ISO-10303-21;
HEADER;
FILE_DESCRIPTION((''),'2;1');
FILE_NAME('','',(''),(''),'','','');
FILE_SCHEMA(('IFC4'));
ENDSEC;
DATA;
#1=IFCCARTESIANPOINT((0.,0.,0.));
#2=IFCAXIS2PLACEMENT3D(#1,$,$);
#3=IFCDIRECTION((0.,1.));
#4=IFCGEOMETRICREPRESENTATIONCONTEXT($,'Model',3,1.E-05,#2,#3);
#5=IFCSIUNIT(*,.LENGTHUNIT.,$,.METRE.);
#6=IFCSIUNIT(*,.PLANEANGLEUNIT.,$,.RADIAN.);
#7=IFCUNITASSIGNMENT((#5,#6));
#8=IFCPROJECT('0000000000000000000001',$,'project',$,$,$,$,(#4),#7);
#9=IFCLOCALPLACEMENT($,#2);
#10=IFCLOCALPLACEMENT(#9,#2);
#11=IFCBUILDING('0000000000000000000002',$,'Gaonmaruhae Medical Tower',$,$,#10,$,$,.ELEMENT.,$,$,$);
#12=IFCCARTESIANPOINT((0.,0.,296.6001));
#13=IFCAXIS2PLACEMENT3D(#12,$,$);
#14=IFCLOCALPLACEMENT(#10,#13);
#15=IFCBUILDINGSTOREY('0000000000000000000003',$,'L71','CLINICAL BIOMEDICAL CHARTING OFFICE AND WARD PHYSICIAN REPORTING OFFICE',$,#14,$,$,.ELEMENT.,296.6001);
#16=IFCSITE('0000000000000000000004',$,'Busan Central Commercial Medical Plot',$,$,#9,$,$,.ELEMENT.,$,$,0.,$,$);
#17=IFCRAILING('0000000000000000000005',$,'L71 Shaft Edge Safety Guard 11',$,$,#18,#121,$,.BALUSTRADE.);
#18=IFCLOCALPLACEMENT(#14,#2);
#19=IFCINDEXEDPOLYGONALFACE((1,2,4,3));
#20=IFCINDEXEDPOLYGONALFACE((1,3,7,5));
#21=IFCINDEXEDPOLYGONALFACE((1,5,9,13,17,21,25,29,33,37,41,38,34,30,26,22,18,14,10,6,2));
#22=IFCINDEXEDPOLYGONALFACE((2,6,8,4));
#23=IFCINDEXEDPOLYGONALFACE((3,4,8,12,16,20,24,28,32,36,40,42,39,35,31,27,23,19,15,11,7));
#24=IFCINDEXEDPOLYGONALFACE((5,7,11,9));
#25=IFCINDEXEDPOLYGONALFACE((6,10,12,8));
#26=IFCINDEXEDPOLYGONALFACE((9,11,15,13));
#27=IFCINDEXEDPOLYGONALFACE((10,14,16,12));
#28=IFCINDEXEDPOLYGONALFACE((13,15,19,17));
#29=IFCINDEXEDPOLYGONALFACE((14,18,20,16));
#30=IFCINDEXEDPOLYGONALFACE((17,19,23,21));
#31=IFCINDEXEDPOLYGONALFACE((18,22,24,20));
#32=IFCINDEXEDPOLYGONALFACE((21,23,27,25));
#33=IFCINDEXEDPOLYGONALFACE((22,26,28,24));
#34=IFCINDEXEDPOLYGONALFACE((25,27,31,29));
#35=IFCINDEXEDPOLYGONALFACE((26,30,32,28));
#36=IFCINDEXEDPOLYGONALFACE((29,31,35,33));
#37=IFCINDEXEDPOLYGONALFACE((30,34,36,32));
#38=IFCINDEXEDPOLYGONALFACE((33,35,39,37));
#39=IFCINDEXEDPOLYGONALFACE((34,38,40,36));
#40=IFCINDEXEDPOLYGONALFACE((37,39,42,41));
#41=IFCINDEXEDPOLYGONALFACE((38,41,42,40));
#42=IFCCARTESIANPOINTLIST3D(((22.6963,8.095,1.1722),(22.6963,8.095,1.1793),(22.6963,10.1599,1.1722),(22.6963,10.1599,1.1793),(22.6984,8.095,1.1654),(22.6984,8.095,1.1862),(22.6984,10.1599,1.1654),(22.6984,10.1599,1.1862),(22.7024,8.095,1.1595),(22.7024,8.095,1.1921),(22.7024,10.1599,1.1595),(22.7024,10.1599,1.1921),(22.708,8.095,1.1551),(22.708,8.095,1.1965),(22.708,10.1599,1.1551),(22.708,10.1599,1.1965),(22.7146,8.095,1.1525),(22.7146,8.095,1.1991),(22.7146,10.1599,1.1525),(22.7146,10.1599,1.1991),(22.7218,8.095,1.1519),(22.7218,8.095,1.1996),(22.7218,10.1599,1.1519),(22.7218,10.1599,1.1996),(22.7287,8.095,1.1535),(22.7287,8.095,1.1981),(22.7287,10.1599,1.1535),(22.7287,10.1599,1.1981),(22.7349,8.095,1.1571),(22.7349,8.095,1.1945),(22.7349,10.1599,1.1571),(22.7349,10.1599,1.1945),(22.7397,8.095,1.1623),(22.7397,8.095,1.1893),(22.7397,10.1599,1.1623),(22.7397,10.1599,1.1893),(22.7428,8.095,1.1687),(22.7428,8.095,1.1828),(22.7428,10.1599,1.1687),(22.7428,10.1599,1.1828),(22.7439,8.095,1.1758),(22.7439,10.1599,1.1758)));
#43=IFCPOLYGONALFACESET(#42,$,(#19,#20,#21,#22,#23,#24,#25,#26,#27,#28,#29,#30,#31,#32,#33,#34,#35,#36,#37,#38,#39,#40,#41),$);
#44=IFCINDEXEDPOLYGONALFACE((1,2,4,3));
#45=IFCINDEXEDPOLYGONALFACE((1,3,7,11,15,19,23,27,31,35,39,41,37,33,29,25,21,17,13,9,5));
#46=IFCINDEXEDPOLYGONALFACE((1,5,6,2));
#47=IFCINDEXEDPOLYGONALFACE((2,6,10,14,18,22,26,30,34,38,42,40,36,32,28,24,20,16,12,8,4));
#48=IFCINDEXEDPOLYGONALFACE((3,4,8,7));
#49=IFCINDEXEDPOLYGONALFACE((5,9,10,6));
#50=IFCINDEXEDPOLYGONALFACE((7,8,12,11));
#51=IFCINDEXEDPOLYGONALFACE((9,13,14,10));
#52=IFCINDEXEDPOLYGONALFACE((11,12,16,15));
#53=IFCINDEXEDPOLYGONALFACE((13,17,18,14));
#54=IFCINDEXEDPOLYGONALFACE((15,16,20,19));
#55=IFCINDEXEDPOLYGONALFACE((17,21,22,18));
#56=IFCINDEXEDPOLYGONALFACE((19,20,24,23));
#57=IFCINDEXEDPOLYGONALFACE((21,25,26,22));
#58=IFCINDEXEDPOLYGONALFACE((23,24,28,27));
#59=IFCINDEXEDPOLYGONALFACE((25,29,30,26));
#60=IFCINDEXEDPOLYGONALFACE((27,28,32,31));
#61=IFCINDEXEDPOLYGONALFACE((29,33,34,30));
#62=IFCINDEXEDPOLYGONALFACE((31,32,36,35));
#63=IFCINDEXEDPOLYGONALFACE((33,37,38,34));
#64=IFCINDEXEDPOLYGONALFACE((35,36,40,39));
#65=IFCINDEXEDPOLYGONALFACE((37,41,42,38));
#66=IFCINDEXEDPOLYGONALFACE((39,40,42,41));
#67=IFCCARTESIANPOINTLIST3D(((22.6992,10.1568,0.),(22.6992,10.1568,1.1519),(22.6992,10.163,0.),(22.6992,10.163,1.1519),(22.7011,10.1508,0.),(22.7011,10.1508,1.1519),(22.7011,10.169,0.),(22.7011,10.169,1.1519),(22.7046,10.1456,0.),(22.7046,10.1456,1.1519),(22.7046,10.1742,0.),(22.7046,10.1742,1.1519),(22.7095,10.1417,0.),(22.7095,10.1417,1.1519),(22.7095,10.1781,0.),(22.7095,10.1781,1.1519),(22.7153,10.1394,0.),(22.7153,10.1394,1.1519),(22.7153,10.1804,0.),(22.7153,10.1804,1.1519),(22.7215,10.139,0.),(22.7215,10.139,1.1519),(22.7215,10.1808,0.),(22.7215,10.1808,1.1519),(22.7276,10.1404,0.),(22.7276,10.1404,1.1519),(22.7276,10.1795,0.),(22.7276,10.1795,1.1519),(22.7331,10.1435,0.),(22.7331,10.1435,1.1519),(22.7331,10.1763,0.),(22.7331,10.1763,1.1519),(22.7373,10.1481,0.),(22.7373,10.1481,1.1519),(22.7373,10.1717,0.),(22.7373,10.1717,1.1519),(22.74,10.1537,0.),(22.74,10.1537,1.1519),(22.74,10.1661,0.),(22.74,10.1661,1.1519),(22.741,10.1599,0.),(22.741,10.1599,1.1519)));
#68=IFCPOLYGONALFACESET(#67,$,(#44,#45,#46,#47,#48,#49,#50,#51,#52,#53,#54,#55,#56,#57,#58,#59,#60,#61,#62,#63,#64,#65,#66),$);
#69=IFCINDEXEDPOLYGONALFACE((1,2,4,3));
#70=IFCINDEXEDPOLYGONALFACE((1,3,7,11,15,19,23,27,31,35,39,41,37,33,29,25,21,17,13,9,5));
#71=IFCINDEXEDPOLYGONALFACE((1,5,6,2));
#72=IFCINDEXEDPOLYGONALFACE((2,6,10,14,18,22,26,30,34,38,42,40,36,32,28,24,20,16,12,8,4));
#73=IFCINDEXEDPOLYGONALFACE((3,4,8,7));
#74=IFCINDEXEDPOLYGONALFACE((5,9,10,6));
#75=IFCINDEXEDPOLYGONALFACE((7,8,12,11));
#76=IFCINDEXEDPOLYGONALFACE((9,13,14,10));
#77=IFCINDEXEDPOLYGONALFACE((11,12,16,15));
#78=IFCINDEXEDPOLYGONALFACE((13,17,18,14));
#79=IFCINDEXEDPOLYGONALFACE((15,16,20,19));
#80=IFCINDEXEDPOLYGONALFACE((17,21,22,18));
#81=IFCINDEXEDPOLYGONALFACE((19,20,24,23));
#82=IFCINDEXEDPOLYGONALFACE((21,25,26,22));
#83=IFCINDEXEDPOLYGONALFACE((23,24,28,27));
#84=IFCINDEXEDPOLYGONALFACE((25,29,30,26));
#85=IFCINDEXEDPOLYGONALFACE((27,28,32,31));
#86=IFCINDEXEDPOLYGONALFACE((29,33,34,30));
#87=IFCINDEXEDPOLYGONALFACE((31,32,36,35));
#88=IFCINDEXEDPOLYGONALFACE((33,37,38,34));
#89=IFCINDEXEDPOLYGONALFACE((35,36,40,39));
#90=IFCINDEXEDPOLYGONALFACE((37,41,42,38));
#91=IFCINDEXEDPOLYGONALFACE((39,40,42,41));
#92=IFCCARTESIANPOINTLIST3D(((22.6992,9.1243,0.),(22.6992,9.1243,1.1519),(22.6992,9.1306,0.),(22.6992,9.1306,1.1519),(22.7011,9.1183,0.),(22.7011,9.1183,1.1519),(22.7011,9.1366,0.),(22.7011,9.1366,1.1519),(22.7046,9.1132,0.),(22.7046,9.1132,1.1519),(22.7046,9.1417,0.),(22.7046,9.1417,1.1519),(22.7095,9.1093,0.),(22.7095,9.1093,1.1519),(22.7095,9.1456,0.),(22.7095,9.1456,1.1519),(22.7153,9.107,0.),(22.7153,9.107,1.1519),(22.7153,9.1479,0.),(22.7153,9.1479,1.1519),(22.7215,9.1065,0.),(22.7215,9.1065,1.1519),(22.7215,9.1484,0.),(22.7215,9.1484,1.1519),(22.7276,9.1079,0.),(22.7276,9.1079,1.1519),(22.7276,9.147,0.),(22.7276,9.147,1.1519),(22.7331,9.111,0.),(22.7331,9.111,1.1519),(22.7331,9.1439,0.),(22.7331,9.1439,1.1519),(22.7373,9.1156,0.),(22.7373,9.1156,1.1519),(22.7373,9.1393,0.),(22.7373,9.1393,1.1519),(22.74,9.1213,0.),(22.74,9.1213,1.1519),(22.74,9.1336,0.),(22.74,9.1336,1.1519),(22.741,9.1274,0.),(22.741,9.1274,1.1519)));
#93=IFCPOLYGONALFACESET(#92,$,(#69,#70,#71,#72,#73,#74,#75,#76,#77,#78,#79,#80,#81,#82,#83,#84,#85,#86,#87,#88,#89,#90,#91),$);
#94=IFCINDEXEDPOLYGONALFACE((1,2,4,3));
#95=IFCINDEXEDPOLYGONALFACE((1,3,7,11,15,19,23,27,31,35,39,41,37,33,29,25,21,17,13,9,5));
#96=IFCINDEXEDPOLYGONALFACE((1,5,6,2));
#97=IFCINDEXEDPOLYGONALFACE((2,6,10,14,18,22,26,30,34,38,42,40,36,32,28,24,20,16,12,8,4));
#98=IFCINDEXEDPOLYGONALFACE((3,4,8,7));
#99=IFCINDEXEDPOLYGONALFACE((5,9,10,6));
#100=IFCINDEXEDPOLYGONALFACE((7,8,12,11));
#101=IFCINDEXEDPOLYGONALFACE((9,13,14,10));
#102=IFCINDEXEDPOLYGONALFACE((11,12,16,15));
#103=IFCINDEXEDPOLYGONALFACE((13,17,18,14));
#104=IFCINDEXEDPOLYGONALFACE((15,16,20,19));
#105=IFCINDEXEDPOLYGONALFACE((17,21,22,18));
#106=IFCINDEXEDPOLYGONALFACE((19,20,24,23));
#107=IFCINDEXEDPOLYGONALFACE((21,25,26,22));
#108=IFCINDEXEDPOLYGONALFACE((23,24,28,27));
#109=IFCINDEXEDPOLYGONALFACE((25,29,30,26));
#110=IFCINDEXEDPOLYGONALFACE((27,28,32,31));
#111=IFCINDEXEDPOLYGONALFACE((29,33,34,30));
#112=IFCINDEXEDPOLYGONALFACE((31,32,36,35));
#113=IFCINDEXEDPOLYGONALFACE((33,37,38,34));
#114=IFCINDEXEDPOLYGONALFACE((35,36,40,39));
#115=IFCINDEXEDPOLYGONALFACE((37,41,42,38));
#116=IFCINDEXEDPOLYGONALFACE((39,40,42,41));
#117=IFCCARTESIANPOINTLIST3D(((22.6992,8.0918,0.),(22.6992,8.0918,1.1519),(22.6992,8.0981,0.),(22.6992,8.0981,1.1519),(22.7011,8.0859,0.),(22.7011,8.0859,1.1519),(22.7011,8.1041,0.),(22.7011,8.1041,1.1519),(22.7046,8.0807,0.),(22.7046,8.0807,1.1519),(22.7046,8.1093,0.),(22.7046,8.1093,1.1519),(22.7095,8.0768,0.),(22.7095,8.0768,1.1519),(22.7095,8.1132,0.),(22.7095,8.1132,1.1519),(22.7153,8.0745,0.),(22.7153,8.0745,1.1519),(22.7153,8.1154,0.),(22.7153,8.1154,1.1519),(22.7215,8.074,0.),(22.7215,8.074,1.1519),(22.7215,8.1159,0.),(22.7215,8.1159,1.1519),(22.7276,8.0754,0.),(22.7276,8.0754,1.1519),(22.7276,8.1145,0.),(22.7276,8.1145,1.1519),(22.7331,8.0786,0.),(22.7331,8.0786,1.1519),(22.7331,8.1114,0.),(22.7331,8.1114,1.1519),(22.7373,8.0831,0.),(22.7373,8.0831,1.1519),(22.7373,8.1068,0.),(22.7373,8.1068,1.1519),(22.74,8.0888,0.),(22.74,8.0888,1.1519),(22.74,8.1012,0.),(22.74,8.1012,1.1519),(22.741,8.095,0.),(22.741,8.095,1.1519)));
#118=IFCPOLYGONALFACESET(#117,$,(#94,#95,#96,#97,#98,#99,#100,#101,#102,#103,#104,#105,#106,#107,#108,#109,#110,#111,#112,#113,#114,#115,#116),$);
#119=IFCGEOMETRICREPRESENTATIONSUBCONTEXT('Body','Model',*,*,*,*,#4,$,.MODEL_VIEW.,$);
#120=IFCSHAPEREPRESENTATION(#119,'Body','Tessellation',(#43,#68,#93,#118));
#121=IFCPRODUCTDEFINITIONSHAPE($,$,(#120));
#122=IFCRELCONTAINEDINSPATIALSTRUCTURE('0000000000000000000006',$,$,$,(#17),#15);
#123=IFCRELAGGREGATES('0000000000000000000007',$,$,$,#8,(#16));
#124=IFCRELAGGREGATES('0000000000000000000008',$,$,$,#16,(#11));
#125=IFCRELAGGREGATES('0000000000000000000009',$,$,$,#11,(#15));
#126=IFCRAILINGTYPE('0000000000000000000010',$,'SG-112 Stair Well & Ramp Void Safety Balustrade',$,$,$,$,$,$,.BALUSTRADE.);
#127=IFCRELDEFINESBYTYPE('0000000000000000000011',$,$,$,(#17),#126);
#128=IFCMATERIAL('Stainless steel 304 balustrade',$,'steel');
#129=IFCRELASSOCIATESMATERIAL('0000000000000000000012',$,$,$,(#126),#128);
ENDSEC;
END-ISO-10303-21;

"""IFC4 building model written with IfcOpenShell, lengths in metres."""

from ifc_helpers import new_model, si_unit, direction, frame, origin, origin_2d, place, context, subcontext, project, spatial, circle, extrude, material, type_object, element, save


model = new_model("IFC4")

# Units and contexts
model_context = context("Model", 3, precision=1e-05, world=origin(), true_north=direction((0.0, 1.0)))
body_context = subcontext(model_context, "Body", "Model", "MODEL_VIEW")
ifc_project = project(units=[si_unit("LENGTHUNIT", "METRE"), si_unit("PLANEANGLEUNIT", "RADIAN")], contexts=[model_context])

# Site, building, storey
site_placement = place(None, origin())
site = spatial("IfcSite", under=ifc_project, at=site_placement, Name="Busan Central Commercial Medical Plot", CompositionType="ELEMENT", RefElevation=0.0)
building_placement = place(site_placement, origin())
building = spatial("IfcBuilding", under=site, at=building_placement, Name="Gaonmaruhae Medical Tower", CompositionType="ELEMENT")
storey_placement = place(building_placement, frame((0.0, 0.0, 296.6001)))
storey = spatial("IfcBuildingStorey", under=building, at=storey_placement, Name="L71", Description="CLINICAL BIOMEDICAL CHARTING OFFICE AND WARD PHYSICIAN REPORTING OFFICE", CompositionType="ELEMENT", Elevation=296.6001)

# Railing
ifc_material_1 = material(Name="Stainless steel 304 balustrade", Category="steel")
railing_type = type_object("IfcRailingType", Name="SG-112 Stair Well & Ramp Void Safety Balustrade", PredefinedType="BALUSTRADE", material=ifc_material_1)
railing_placement = place(storey_placement, frame((22.72, 10.1599, 0.0)))
element("IfcRailing", 1, at=railing_placement, inside=storey, type_object=railing_type, Name="L71 Shaft Edge Safety Guard 11", PredefinedType="BALUSTRADE", context=body_context, shape_type="SweptSolid", body=[
    extrude(circle(Radius=0.0239, at=origin_2d()), frame((0.0, 0.0, 1.1758), z_axis=(0.0, -1.0, 0.0), x_axis=(1.0, 0.0, 0.0)), (0.0, 0.0, 1.0), 2.0649),
    extrude(circle(Radius=0.021, at=origin_2d()), origin(), (0.0, 0.0, 1.0), 1.1519),
    extrude(circle(Radius=0.021, at=origin_2d()), frame((0.0, -1.0325, 0.0)), (0.0, 0.0, 1.0), 1.1519),
    extrude(circle(Radius=0.021, at=origin_2d()), frame((0.0, -2.0649, 0.0)), (0.0, 0.0, 1.0), 1.1519),
])

save(model, "model.ifc")
